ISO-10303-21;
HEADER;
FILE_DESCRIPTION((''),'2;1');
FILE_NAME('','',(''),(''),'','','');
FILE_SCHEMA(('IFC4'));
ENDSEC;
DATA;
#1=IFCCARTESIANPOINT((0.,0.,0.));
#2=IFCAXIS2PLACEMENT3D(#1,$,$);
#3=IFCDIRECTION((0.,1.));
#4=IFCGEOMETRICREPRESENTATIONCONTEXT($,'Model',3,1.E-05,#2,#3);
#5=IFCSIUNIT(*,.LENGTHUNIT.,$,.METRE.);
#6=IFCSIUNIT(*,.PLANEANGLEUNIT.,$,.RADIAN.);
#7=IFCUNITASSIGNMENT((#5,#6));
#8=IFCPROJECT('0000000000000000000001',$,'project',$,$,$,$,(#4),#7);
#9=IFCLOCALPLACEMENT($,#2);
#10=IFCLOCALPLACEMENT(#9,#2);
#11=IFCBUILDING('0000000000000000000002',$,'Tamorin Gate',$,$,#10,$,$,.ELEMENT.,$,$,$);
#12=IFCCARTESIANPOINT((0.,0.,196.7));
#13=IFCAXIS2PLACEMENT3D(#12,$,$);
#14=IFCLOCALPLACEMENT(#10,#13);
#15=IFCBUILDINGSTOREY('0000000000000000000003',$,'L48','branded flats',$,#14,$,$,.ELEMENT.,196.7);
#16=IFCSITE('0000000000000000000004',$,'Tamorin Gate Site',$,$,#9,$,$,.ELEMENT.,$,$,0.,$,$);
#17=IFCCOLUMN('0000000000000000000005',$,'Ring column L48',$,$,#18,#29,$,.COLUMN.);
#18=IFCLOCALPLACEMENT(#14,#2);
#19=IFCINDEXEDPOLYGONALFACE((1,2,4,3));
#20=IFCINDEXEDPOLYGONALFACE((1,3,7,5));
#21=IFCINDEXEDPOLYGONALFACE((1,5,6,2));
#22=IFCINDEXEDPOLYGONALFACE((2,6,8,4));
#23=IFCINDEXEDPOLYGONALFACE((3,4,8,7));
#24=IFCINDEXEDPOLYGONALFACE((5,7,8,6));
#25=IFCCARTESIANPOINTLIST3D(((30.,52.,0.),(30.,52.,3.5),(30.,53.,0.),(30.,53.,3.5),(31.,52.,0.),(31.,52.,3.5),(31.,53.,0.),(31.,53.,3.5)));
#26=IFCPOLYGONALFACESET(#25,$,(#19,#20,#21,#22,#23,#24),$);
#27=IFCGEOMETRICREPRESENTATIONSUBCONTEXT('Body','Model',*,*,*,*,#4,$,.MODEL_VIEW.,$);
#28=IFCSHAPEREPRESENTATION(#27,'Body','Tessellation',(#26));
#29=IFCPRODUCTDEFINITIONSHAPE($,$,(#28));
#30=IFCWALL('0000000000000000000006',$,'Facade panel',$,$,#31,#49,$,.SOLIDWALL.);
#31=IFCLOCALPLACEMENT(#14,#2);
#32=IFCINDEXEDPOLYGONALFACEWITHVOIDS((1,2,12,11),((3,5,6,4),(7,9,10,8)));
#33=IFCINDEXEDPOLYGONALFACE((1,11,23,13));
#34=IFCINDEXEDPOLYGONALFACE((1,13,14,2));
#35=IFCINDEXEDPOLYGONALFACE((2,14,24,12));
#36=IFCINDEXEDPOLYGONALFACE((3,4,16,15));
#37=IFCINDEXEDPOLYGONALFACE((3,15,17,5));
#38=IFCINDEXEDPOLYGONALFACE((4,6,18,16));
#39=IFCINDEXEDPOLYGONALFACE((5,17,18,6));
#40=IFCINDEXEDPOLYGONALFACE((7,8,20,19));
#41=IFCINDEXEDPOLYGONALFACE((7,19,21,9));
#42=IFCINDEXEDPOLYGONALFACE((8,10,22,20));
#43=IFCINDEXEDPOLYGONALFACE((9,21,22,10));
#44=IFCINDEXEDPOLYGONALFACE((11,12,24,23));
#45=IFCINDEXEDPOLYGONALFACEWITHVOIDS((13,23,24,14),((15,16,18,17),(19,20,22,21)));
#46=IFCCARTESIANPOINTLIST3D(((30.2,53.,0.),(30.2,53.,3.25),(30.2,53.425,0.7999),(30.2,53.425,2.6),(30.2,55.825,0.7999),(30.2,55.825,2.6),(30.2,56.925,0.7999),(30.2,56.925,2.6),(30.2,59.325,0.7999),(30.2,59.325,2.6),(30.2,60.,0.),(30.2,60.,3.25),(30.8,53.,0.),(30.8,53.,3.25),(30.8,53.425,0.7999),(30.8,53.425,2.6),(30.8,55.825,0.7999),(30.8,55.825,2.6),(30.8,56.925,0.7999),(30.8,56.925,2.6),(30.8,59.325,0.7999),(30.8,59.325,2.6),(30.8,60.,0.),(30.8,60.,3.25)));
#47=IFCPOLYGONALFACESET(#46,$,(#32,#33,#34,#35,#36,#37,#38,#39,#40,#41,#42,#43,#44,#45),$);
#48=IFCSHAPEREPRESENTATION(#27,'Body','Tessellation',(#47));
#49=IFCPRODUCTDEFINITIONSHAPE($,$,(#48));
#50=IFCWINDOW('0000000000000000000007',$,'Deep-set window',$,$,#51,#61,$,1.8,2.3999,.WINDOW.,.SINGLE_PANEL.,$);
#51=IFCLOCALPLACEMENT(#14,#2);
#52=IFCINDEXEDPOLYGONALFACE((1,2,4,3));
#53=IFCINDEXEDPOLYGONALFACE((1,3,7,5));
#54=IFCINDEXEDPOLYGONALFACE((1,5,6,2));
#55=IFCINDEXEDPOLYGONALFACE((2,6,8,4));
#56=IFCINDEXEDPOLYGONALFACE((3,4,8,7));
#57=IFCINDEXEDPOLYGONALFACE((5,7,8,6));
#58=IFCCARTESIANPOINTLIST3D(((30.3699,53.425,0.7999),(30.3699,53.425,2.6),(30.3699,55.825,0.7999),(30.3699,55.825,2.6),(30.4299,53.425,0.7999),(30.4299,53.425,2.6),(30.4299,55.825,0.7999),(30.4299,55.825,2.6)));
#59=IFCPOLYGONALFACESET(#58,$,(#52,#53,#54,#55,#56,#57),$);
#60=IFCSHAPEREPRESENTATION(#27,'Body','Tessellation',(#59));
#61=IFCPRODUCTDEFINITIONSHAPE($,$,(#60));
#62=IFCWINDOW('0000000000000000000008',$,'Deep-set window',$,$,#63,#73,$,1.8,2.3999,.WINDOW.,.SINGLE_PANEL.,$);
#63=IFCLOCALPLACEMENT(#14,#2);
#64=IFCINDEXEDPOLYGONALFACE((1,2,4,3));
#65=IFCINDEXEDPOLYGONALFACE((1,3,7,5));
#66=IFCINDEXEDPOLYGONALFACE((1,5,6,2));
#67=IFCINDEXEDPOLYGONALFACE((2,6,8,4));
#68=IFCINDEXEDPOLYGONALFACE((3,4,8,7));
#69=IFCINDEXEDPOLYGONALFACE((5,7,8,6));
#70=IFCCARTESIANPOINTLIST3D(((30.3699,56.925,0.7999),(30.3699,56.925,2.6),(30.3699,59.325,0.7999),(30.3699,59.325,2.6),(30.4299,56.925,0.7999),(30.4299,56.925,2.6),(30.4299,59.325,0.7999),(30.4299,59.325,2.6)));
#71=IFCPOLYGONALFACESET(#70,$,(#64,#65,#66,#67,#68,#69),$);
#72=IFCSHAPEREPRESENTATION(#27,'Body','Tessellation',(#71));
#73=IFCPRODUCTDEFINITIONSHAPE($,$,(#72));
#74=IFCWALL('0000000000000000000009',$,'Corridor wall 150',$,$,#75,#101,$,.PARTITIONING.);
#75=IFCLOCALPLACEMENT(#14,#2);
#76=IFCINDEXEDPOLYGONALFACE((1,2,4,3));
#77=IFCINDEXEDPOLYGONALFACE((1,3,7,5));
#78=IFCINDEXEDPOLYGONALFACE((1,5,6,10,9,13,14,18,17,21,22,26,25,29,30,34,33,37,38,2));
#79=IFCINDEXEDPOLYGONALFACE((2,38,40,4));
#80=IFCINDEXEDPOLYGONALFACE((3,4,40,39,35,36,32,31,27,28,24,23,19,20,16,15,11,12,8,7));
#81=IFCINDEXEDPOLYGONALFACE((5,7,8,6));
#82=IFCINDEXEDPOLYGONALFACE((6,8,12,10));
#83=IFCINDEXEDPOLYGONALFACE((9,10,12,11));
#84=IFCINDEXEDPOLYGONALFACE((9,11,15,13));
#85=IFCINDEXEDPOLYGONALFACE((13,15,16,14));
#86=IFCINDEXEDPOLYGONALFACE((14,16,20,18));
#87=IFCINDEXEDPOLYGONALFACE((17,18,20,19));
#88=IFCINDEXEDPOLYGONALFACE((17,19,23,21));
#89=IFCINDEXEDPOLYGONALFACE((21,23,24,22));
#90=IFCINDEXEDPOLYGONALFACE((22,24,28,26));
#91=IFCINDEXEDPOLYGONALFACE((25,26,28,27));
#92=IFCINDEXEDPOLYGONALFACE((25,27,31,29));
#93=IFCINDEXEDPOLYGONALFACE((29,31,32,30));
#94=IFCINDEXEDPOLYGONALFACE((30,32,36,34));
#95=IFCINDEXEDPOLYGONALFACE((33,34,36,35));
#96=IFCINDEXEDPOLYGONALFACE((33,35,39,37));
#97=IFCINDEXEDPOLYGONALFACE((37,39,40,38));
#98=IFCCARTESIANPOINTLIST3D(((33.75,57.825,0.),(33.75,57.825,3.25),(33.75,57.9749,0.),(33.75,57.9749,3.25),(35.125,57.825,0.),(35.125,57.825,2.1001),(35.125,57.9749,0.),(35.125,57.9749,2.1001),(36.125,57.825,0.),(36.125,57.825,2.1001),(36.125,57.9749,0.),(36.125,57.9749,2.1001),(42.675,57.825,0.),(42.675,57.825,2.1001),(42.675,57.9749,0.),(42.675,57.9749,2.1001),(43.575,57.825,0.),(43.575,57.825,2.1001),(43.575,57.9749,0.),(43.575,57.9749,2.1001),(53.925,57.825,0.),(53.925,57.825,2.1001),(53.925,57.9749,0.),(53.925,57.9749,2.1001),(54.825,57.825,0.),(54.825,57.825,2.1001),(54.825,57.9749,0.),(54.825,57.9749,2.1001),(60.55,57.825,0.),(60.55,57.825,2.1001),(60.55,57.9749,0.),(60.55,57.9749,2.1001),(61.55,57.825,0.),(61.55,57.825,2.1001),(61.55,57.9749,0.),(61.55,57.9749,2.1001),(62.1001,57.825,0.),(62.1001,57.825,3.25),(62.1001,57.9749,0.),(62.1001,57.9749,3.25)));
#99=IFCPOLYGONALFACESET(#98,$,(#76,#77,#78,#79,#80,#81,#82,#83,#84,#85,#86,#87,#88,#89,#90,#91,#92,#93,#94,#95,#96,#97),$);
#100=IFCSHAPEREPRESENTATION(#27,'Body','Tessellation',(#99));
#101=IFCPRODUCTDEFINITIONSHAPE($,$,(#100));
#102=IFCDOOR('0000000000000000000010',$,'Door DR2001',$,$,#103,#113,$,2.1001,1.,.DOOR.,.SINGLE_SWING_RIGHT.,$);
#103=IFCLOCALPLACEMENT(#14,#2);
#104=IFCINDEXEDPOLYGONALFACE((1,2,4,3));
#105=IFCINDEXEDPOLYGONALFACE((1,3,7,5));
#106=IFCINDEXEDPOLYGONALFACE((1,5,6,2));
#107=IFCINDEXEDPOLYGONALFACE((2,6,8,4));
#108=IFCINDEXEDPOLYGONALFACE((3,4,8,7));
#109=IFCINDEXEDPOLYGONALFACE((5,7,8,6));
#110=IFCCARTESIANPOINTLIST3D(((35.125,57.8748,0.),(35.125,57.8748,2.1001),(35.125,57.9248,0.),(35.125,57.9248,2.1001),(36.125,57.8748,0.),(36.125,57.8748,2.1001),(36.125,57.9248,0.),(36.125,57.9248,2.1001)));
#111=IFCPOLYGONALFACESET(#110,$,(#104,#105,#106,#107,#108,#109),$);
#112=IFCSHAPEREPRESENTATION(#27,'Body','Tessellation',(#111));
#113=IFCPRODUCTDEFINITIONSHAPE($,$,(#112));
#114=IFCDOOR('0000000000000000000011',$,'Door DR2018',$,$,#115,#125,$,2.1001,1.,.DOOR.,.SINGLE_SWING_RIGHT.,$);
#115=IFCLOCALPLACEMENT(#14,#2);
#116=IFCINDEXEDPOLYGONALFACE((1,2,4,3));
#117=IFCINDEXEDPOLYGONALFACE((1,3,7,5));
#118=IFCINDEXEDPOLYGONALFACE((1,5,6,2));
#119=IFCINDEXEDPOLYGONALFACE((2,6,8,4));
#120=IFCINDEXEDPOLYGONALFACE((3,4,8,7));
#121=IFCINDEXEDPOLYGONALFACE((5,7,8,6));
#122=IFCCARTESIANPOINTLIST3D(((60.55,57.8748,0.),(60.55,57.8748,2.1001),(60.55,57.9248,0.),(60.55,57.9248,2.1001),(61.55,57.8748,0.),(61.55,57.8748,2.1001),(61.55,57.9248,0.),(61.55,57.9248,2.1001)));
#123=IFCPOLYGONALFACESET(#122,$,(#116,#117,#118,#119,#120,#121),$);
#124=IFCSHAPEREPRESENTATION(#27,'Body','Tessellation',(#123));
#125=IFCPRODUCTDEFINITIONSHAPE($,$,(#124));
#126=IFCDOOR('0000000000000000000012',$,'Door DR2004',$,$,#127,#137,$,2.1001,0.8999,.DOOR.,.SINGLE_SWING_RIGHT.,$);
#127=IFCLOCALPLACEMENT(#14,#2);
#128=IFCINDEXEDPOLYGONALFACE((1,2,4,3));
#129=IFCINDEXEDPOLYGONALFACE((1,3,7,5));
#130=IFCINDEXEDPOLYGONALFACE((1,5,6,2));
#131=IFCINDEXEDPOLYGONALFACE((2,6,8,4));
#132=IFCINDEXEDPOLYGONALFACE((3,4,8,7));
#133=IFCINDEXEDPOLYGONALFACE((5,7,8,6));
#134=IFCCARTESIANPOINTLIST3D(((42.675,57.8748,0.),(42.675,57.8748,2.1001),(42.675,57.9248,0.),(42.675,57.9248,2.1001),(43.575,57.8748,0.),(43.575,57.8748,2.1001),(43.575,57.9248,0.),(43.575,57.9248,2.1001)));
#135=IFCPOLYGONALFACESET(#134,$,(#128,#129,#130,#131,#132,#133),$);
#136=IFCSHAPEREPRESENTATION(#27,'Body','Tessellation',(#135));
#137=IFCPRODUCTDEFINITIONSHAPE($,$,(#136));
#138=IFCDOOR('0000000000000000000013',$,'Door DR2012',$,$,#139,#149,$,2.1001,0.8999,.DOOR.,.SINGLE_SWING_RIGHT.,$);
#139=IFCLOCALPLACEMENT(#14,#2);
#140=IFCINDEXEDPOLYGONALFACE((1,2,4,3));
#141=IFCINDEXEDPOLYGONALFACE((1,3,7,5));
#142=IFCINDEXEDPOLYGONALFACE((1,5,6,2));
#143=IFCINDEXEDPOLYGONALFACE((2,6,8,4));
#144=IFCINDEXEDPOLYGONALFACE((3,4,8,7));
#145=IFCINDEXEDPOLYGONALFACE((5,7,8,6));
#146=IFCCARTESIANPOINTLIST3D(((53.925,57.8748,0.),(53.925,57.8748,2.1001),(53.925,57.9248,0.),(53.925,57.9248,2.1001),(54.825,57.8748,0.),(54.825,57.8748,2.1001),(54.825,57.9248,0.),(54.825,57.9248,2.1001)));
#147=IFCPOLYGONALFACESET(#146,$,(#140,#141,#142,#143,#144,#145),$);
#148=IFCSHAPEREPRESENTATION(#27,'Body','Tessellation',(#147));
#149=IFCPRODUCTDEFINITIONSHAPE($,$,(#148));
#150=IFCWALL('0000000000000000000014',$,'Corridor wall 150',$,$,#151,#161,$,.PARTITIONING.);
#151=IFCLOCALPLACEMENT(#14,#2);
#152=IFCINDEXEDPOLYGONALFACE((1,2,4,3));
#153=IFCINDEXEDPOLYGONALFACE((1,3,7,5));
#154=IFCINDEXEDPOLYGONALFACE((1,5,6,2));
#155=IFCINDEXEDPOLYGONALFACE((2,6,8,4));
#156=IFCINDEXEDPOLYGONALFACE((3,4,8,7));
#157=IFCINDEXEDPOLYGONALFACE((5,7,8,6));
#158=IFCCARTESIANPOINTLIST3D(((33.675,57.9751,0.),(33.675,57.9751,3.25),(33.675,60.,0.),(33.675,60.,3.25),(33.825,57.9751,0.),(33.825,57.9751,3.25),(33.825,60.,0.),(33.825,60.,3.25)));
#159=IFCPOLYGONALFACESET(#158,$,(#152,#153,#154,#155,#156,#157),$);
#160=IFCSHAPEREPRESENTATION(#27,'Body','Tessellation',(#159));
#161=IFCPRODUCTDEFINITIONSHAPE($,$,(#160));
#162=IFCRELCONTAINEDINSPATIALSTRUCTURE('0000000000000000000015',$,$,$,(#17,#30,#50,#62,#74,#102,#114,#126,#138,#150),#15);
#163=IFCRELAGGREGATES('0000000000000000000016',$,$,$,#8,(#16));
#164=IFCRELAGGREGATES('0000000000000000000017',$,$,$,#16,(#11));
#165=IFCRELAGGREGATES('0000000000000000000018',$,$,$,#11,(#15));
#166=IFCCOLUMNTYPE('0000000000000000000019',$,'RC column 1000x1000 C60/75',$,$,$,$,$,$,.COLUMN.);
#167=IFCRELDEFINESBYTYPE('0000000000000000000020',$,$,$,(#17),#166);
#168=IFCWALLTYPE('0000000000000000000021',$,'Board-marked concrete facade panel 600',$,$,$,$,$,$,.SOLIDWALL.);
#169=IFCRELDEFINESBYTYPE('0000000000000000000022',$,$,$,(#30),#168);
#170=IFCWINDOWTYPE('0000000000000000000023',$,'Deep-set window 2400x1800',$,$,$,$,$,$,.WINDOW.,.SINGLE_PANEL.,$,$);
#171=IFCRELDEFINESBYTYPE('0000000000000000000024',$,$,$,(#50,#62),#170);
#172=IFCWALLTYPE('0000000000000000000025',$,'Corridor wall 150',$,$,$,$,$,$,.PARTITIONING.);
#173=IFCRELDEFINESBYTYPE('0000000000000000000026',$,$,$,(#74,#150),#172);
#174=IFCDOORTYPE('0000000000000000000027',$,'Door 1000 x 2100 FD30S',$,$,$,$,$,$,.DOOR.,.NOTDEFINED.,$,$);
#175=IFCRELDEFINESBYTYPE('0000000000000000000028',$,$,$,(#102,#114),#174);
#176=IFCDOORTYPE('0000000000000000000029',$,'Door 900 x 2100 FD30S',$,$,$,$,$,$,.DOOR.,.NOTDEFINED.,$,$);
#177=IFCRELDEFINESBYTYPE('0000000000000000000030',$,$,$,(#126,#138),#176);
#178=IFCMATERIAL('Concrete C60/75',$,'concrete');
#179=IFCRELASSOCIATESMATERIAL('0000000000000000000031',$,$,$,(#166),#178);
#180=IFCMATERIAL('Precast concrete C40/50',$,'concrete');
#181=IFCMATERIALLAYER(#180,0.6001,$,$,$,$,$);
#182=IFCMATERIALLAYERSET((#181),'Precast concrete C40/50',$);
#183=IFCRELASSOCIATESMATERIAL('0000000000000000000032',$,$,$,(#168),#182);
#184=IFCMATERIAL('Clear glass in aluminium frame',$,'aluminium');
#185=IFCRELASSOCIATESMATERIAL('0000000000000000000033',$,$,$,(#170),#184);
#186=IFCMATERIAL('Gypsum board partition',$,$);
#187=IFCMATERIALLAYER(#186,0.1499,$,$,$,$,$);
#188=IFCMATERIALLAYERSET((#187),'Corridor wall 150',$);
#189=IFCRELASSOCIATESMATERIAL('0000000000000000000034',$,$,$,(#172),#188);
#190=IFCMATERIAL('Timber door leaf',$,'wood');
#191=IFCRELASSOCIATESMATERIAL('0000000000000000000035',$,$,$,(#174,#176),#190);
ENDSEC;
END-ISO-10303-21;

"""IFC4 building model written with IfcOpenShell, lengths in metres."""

from ifc_helpers import new_model, si_unit, direction, frame, frame_2d, origin, origin_2d, place, context, subcontext, project, spatial, rectangle, extrude, material, layer, layer_set, material_profile, profile_set, type_object, element, fill, save


model = new_model("IFC4")

# Units and contexts
model_context = context("Model", 3, precision=1e-05, world=origin(), true_north=direction((0.0, 1.0)))
body_context = subcontext(model_context, "Body", "Model", "MODEL_VIEW")
ifc_project = project(units=[si_unit("LENGTHUNIT", "METRE"), si_unit("PLANEANGLEUNIT", "RADIAN")], contexts=[model_context])

# Site, building, storey
site_placement = place(None, origin())
site = spatial("IfcSite", under=ifc_project, at=site_placement, Name="Tamorin Gate Site", CompositionType="ELEMENT", RefElevation=0.0)
building_placement = place(site_placement, origin())
building = spatial("IfcBuilding", under=site, at=building_placement, Name="Tamorin Gate", CompositionType="ELEMENT")
storey_placement = place(building_placement, frame((0.0, 0.0, 196.7)))
storey = spatial("IfcBuildingStorey", under=building, at=storey_placement, Name="L48", Description="branded flats", CompositionType="ELEMENT", Elevation=196.7)

# Column
ifc_material_1 = material(Name="Concrete C60/75", Category="concrete")
ifc_material_profile = material_profile(ifc_material_1, rectangle(XDim=1.0, YDim=1.0, at=origin_2d()), Name="RC 1000x1000")
ifc_profile_set = profile_set([ifc_material_profile], Name="Concrete C60/75")
column_type = type_object("IfcColumnType", Name="RC column 1000x1000 C60/75", PredefinedType="COLUMN", material=ifc_profile_set)
column_placement = place(storey_placement, frame((30.5, 52.5, 0.0), z_axis=(0.0, 0.0, 1.0), x_axis=(1.0, 0.0, 0.0)))
element("IfcColumn", 1, at=column_placement, inside=storey, type_object=column_type, Name="Ring column L48", PredefinedType="COLUMN", context=body_context, shape_type="SweptSolid", body=[
    extrude(rectangle(XDim=1.0, YDim=1.0, at=origin_2d()), origin(), (0.0, 0.0, 1.0), 3.5),
])

# Wall, openings, windows
ifc_material_2 = material(Name="Precast concrete C40/50", Category="concrete")
ifc_layer_1 = layer(ifc_material_2, 0.6001)
ifc_layer_set_1 = layer_set([ifc_layer_1], Name="Precast concrete C40/50")
wall_type_1 = type_object("IfcWallType", Name="Board-marked concrete facade panel 600", PredefinedType="SOLIDWALL", material=ifc_layer_set_1)
wall_1_placement = place(storey_placement, frame((30.5, 60.0, 0.0), z_axis=(0.0, 0.0, 1.0), x_axis=(0.0, -1.0, 0.0)))
wall_1 = element("IfcWall", 2, at=wall_1_placement, inside=storey, type_object=wall_type_1, Name="Facade panel", PredefinedType="SOLIDWALL", context=body_context, shape_type="SweptSolid", body=[
    extrude(rectangle(XDim=7.0, YDim=0.6001, at=frame_2d((3.5, 0.0))), origin(), (0.0, 0.0, 1.0), 3.25),
])
opening_1_placement = place(wall_1_placement, frame((4.175, 0.0, 0.8)))
opening_1 = element("IfcOpeningElement", 3, at=opening_1_placement, cuts=wall_1, PredefinedType="OPENING", context=body_context, shape_type="SweptSolid", body=[
    extrude(rectangle(XDim=2.3999, YDim=1.8, at=frame_2d((1.2, 0.8999))), frame((0.0, 0.3101, 0.0), z_axis=(0.0, -1.0, 0.0), x_axis=(1.0, 0.0, 0.0)), (0.0, 0.0, 1.0), 0.6201),
])
opening_2_placement = place(wall_1_placement, frame((0.675, 0.0, 0.8)))
opening_2 = element("IfcOpeningElement", 4, at=opening_2_placement, cuts=wall_1, PredefinedType="OPENING", context=body_context, shape_type="SweptSolid", body=[
    extrude(rectangle(XDim=2.3999, YDim=1.8, at=frame_2d((1.2, 0.8999))), frame((0.0, 0.3101, 0.0), z_axis=(0.0, -1.0, 0.0), x_axis=(1.0, 0.0, 0.0)), (0.0, 0.0, 1.0), 0.6201),
])
ifc_material_3 = material(Name="Clear glass in aluminium frame", Category="aluminium")
window_type = type_object("IfcWindowType", Name="Deep-set window 2400x1800", PartitioningType="SINGLE_PANEL", PredefinedType="WINDOW", material=ifc_material_3)
window_1_placement = place(opening_1_placement, origin())
window_1 = element("IfcWindow", 5, at=window_1_placement, inside=storey, type_object=window_type, Name="Deep-set window", OverallHeight=1.8, OverallWidth=2.3999, PartitioningType="SINGLE_PANEL", PredefinedType="WINDOW", context=body_context, shape_type="SweptSolid", body=[
    extrude(rectangle(XDim=2.3999, YDim=1.8, at=frame_2d((1.2, 0.8999))), frame((0.0, -0.0701, 0.0), z_axis=(0.0, -1.0, 0.0), x_axis=(1.0, 0.0, 0.0)), (0.0, 0.0, 1.0), 0.0601),
])
fill(opening_1, window_1)
window_2_placement = place(opening_2_placement, origin())
window_2 = element("IfcWindow", 6, at=window_2_placement, inside=storey, type_object=window_type, Name="Deep-set window", OverallHeight=1.8, OverallWidth=2.3999, PartitioningType="SINGLE_PANEL", PredefinedType="WINDOW", context=body_context, shape_type="SweptSolid", body=[
    extrude(rectangle(XDim=2.3999, YDim=1.8, at=frame_2d((1.2, 0.8999))), frame((0.0, -0.0701, 0.0), z_axis=(0.0, -1.0, 0.0), x_axis=(1.0, 0.0, 0.0)), (0.0, 0.0, 1.0), 0.0601),
])
fill(opening_2, window_2)

# Wall, openings, doors
ifc_material_4 = material(Name="Gypsum board partition")
ifc_layer_2 = layer(ifc_material_4, 0.1499)
ifc_layer_set_2 = layer_set([ifc_layer_2], Name="Corridor wall 150")
wall_type_2 = type_object("IfcWallType", Name="Corridor wall 150", PredefinedType="PARTITIONING", material=ifc_layer_set_2)
wall_2_placement = place(storey_placement, frame((33.75, 57.8999, 0.0), z_axis=(0.0, 0.0, 1.0), x_axis=(1.0, 0.0, 0.0)))
wall_2 = element("IfcWall", 7, at=wall_2_placement, inside=storey, type_object=wall_type_2, Name="Corridor wall 150", PredefinedType="PARTITIONING", context=body_context, shape_type="SweptSolid", body=[
    extrude(rectangle(XDim=28.3501, YDim=0.1499, at=frame_2d((14.175, 0.0))), origin(), (0.0, 0.0, 1.0), 3.25),
])
opening_3_placement = place(wall_2_placement, frame((1.375, 0.0, 0.0)))
opening_3 = element("IfcOpeningElement", 8, at=opening_3_placement, cuts=wall_2, PredefinedType="OPENING", context=body_context, shape_type="SweptSolid", body=[
    extrude(rectangle(XDim=1.0, YDim=2.1001, at=frame_2d((0.5, 1.05))), frame((0.0, 0.085, 0.0), z_axis=(0.0, -1.0, 0.0), x_axis=(1.0, 0.0, 0.0)), (0.0, 0.0, 1.0), 0.1699),
])
opening_4_placement = place(wall_2_placement, frame((8.925, 0.0, 0.0)))
opening_4 = element("IfcOpeningElement", 9, at=opening_4_placement, cuts=wall_2, PredefinedType="OPENING", context=body_context, shape_type="SweptSolid", body=[
    extrude(rectangle(XDim=0.8999, YDim=2.1001, at=frame_2d((0.45, 1.05))), frame((0.0, 0.085, 0.0), z_axis=(0.0, -1.0, 0.0), x_axis=(1.0, 0.0, 0.0)), (0.0, 0.0, 1.0), 0.1699),
])
opening_5_placement = place(wall_2_placement, frame((20.175, 0.0, 0.0)))
opening_5 = element("IfcOpeningElement", 10, at=opening_5_placement, cuts=wall_2, PredefinedType="OPENING", context=body_context, shape_type="SweptSolid", body=[
    extrude(rectangle(XDim=0.8999, YDim=2.1001, at=frame_2d((0.45, 1.05))), frame((0.0, 0.085, 0.0), z_axis=(0.0, -1.0, 0.0), x_axis=(1.0, 0.0, 0.0)), (0.0, 0.0, 1.0), 0.1699),
])
opening_6_placement = place(wall_2_placement, frame((26.8, 0.0, 0.0)))
opening_6 = element("IfcOpeningElement", 11, at=opening_6_placement, cuts=wall_2, PredefinedType="OPENING", context=body_context, shape_type="SweptSolid", body=[
    extrude(rectangle(XDim=1.0, YDim=2.1001, at=frame_2d((0.5, 1.05))), frame((0.0, 0.085, 0.0), z_axis=(0.0, -1.0, 0.0), x_axis=(1.0, 0.0, 0.0)), (0.0, 0.0, 1.0), 0.1699),
])
ifc_material_5 = material(Name="Timber door leaf", Category="wood")
door_type_1 = type_object("IfcDoorType", Name="Door 1000 x 2100 FD30S", OperationType="NOTDEFINED", PredefinedType="DOOR", material=ifc_material_5)
door_1_placement = place(opening_3_placement, origin())
door_1 = element("IfcDoor", 12, at=door_1_placement, inside=storey, type_object=door_type_1, Name="Door DR2001", OperationType="SINGLE_SWING_RIGHT", OverallHeight=2.1001, OverallWidth=1.0, PredefinedType="DOOR", context=body_context, shape_type="SweptSolid", body=[
    extrude(rectangle(XDim=1.0, YDim=2.1001, at=frame_2d((0.5, 1.05))), frame((0.0, 0.0249, 0.0), z_axis=(0.0, -1.0, 0.0), x_axis=(1.0, 0.0, 0.0)), (0.0, 0.0, 1.0), 0.05),
])
fill(opening_3, door_1)
door_2_placement = place(opening_6_placement, origin())
door_2 = element("IfcDoor", 13, at=door_2_placement, inside=storey, type_object=door_type_1, Name="Door DR2018", OperationType="SINGLE_SWING_RIGHT", OverallHeight=2.1001, OverallWidth=1.0, PredefinedType="DOOR", context=body_context, shape_type="SweptSolid", body=[
    extrude(rectangle(XDim=1.0, YDim=2.1001, at=frame_2d((0.5, 1.05))), frame((0.0, 0.0249, 0.0), z_axis=(0.0, -1.0, 0.0), x_axis=(1.0, 0.0, 0.0)), (0.0, 0.0, 1.0), 0.05),
])
fill(opening_6, door_2)
door_type_2 = type_object("IfcDoorType", Name="Door 900 x 2100 FD30S", OperationType="NOTDEFINED", PredefinedType="DOOR", material=ifc_material_5)
door_3_placement = place(opening_4_placement, origin())
door_3 = element("IfcDoor", 14, at=door_3_placement, inside=storey, type_object=door_type_2, Name="Door DR2004", OperationType="SINGLE_SWING_RIGHT", OverallHeight=2.1001, OverallWidth=0.8999, PredefinedType="DOOR", context=body_context, shape_type="SweptSolid", body=[
    extrude(rectangle(XDim=0.8999, YDim=2.1001, at=frame_2d((0.45, 1.05))), frame((0.0, 0.0249, 0.0), z_axis=(0.0, -1.0, 0.0), x_axis=(1.0, 0.0, 0.0)), (0.0, 0.0, 1.0), 0.05),
])
fill(opening_4, door_3)
door_4_placement = place(opening_5_placement, origin())
door_4 = element("IfcDoor", 15, at=door_4_placement, inside=storey, type_object=door_type_2, Name="Door DR2012", OperationType="SINGLE_SWING_RIGHT", OverallHeight=2.1001, OverallWidth=0.8999, PredefinedType="DOOR", context=body_context, shape_type="SweptSolid", body=[
    extrude(rectangle(XDim=0.8999, YDim=2.1001, at=frame_2d((0.45, 1.05))), frame((0.0, 0.0249, 0.0), z_axis=(0.0, -1.0, 0.0), x_axis=(1.0, 0.0, 0.0)), (0.0, 0.0, 1.0), 0.05),
])
fill(opening_5, door_4)

# Wall
wall_3_placement = place(storey_placement, frame((33.75, 57.9751, 0.0), z_axis=(0.0, 0.0, 1.0), x_axis=(0.0, 1.0, 0.0)))
element("IfcWall", 16, at=wall_3_placement, inside=storey, type_object=wall_type_2, Name="Corridor wall 150", PredefinedType="PARTITIONING", context=body_context, shape_type="SweptSolid", body=[
    extrude(rectangle(XDim=2.0249, YDim=0.1499, at=frame_2d((1.0125, 0.0))), origin(), (0.0, 0.0, 1.0), 3.25),
])

save(model, "model.ifc")
